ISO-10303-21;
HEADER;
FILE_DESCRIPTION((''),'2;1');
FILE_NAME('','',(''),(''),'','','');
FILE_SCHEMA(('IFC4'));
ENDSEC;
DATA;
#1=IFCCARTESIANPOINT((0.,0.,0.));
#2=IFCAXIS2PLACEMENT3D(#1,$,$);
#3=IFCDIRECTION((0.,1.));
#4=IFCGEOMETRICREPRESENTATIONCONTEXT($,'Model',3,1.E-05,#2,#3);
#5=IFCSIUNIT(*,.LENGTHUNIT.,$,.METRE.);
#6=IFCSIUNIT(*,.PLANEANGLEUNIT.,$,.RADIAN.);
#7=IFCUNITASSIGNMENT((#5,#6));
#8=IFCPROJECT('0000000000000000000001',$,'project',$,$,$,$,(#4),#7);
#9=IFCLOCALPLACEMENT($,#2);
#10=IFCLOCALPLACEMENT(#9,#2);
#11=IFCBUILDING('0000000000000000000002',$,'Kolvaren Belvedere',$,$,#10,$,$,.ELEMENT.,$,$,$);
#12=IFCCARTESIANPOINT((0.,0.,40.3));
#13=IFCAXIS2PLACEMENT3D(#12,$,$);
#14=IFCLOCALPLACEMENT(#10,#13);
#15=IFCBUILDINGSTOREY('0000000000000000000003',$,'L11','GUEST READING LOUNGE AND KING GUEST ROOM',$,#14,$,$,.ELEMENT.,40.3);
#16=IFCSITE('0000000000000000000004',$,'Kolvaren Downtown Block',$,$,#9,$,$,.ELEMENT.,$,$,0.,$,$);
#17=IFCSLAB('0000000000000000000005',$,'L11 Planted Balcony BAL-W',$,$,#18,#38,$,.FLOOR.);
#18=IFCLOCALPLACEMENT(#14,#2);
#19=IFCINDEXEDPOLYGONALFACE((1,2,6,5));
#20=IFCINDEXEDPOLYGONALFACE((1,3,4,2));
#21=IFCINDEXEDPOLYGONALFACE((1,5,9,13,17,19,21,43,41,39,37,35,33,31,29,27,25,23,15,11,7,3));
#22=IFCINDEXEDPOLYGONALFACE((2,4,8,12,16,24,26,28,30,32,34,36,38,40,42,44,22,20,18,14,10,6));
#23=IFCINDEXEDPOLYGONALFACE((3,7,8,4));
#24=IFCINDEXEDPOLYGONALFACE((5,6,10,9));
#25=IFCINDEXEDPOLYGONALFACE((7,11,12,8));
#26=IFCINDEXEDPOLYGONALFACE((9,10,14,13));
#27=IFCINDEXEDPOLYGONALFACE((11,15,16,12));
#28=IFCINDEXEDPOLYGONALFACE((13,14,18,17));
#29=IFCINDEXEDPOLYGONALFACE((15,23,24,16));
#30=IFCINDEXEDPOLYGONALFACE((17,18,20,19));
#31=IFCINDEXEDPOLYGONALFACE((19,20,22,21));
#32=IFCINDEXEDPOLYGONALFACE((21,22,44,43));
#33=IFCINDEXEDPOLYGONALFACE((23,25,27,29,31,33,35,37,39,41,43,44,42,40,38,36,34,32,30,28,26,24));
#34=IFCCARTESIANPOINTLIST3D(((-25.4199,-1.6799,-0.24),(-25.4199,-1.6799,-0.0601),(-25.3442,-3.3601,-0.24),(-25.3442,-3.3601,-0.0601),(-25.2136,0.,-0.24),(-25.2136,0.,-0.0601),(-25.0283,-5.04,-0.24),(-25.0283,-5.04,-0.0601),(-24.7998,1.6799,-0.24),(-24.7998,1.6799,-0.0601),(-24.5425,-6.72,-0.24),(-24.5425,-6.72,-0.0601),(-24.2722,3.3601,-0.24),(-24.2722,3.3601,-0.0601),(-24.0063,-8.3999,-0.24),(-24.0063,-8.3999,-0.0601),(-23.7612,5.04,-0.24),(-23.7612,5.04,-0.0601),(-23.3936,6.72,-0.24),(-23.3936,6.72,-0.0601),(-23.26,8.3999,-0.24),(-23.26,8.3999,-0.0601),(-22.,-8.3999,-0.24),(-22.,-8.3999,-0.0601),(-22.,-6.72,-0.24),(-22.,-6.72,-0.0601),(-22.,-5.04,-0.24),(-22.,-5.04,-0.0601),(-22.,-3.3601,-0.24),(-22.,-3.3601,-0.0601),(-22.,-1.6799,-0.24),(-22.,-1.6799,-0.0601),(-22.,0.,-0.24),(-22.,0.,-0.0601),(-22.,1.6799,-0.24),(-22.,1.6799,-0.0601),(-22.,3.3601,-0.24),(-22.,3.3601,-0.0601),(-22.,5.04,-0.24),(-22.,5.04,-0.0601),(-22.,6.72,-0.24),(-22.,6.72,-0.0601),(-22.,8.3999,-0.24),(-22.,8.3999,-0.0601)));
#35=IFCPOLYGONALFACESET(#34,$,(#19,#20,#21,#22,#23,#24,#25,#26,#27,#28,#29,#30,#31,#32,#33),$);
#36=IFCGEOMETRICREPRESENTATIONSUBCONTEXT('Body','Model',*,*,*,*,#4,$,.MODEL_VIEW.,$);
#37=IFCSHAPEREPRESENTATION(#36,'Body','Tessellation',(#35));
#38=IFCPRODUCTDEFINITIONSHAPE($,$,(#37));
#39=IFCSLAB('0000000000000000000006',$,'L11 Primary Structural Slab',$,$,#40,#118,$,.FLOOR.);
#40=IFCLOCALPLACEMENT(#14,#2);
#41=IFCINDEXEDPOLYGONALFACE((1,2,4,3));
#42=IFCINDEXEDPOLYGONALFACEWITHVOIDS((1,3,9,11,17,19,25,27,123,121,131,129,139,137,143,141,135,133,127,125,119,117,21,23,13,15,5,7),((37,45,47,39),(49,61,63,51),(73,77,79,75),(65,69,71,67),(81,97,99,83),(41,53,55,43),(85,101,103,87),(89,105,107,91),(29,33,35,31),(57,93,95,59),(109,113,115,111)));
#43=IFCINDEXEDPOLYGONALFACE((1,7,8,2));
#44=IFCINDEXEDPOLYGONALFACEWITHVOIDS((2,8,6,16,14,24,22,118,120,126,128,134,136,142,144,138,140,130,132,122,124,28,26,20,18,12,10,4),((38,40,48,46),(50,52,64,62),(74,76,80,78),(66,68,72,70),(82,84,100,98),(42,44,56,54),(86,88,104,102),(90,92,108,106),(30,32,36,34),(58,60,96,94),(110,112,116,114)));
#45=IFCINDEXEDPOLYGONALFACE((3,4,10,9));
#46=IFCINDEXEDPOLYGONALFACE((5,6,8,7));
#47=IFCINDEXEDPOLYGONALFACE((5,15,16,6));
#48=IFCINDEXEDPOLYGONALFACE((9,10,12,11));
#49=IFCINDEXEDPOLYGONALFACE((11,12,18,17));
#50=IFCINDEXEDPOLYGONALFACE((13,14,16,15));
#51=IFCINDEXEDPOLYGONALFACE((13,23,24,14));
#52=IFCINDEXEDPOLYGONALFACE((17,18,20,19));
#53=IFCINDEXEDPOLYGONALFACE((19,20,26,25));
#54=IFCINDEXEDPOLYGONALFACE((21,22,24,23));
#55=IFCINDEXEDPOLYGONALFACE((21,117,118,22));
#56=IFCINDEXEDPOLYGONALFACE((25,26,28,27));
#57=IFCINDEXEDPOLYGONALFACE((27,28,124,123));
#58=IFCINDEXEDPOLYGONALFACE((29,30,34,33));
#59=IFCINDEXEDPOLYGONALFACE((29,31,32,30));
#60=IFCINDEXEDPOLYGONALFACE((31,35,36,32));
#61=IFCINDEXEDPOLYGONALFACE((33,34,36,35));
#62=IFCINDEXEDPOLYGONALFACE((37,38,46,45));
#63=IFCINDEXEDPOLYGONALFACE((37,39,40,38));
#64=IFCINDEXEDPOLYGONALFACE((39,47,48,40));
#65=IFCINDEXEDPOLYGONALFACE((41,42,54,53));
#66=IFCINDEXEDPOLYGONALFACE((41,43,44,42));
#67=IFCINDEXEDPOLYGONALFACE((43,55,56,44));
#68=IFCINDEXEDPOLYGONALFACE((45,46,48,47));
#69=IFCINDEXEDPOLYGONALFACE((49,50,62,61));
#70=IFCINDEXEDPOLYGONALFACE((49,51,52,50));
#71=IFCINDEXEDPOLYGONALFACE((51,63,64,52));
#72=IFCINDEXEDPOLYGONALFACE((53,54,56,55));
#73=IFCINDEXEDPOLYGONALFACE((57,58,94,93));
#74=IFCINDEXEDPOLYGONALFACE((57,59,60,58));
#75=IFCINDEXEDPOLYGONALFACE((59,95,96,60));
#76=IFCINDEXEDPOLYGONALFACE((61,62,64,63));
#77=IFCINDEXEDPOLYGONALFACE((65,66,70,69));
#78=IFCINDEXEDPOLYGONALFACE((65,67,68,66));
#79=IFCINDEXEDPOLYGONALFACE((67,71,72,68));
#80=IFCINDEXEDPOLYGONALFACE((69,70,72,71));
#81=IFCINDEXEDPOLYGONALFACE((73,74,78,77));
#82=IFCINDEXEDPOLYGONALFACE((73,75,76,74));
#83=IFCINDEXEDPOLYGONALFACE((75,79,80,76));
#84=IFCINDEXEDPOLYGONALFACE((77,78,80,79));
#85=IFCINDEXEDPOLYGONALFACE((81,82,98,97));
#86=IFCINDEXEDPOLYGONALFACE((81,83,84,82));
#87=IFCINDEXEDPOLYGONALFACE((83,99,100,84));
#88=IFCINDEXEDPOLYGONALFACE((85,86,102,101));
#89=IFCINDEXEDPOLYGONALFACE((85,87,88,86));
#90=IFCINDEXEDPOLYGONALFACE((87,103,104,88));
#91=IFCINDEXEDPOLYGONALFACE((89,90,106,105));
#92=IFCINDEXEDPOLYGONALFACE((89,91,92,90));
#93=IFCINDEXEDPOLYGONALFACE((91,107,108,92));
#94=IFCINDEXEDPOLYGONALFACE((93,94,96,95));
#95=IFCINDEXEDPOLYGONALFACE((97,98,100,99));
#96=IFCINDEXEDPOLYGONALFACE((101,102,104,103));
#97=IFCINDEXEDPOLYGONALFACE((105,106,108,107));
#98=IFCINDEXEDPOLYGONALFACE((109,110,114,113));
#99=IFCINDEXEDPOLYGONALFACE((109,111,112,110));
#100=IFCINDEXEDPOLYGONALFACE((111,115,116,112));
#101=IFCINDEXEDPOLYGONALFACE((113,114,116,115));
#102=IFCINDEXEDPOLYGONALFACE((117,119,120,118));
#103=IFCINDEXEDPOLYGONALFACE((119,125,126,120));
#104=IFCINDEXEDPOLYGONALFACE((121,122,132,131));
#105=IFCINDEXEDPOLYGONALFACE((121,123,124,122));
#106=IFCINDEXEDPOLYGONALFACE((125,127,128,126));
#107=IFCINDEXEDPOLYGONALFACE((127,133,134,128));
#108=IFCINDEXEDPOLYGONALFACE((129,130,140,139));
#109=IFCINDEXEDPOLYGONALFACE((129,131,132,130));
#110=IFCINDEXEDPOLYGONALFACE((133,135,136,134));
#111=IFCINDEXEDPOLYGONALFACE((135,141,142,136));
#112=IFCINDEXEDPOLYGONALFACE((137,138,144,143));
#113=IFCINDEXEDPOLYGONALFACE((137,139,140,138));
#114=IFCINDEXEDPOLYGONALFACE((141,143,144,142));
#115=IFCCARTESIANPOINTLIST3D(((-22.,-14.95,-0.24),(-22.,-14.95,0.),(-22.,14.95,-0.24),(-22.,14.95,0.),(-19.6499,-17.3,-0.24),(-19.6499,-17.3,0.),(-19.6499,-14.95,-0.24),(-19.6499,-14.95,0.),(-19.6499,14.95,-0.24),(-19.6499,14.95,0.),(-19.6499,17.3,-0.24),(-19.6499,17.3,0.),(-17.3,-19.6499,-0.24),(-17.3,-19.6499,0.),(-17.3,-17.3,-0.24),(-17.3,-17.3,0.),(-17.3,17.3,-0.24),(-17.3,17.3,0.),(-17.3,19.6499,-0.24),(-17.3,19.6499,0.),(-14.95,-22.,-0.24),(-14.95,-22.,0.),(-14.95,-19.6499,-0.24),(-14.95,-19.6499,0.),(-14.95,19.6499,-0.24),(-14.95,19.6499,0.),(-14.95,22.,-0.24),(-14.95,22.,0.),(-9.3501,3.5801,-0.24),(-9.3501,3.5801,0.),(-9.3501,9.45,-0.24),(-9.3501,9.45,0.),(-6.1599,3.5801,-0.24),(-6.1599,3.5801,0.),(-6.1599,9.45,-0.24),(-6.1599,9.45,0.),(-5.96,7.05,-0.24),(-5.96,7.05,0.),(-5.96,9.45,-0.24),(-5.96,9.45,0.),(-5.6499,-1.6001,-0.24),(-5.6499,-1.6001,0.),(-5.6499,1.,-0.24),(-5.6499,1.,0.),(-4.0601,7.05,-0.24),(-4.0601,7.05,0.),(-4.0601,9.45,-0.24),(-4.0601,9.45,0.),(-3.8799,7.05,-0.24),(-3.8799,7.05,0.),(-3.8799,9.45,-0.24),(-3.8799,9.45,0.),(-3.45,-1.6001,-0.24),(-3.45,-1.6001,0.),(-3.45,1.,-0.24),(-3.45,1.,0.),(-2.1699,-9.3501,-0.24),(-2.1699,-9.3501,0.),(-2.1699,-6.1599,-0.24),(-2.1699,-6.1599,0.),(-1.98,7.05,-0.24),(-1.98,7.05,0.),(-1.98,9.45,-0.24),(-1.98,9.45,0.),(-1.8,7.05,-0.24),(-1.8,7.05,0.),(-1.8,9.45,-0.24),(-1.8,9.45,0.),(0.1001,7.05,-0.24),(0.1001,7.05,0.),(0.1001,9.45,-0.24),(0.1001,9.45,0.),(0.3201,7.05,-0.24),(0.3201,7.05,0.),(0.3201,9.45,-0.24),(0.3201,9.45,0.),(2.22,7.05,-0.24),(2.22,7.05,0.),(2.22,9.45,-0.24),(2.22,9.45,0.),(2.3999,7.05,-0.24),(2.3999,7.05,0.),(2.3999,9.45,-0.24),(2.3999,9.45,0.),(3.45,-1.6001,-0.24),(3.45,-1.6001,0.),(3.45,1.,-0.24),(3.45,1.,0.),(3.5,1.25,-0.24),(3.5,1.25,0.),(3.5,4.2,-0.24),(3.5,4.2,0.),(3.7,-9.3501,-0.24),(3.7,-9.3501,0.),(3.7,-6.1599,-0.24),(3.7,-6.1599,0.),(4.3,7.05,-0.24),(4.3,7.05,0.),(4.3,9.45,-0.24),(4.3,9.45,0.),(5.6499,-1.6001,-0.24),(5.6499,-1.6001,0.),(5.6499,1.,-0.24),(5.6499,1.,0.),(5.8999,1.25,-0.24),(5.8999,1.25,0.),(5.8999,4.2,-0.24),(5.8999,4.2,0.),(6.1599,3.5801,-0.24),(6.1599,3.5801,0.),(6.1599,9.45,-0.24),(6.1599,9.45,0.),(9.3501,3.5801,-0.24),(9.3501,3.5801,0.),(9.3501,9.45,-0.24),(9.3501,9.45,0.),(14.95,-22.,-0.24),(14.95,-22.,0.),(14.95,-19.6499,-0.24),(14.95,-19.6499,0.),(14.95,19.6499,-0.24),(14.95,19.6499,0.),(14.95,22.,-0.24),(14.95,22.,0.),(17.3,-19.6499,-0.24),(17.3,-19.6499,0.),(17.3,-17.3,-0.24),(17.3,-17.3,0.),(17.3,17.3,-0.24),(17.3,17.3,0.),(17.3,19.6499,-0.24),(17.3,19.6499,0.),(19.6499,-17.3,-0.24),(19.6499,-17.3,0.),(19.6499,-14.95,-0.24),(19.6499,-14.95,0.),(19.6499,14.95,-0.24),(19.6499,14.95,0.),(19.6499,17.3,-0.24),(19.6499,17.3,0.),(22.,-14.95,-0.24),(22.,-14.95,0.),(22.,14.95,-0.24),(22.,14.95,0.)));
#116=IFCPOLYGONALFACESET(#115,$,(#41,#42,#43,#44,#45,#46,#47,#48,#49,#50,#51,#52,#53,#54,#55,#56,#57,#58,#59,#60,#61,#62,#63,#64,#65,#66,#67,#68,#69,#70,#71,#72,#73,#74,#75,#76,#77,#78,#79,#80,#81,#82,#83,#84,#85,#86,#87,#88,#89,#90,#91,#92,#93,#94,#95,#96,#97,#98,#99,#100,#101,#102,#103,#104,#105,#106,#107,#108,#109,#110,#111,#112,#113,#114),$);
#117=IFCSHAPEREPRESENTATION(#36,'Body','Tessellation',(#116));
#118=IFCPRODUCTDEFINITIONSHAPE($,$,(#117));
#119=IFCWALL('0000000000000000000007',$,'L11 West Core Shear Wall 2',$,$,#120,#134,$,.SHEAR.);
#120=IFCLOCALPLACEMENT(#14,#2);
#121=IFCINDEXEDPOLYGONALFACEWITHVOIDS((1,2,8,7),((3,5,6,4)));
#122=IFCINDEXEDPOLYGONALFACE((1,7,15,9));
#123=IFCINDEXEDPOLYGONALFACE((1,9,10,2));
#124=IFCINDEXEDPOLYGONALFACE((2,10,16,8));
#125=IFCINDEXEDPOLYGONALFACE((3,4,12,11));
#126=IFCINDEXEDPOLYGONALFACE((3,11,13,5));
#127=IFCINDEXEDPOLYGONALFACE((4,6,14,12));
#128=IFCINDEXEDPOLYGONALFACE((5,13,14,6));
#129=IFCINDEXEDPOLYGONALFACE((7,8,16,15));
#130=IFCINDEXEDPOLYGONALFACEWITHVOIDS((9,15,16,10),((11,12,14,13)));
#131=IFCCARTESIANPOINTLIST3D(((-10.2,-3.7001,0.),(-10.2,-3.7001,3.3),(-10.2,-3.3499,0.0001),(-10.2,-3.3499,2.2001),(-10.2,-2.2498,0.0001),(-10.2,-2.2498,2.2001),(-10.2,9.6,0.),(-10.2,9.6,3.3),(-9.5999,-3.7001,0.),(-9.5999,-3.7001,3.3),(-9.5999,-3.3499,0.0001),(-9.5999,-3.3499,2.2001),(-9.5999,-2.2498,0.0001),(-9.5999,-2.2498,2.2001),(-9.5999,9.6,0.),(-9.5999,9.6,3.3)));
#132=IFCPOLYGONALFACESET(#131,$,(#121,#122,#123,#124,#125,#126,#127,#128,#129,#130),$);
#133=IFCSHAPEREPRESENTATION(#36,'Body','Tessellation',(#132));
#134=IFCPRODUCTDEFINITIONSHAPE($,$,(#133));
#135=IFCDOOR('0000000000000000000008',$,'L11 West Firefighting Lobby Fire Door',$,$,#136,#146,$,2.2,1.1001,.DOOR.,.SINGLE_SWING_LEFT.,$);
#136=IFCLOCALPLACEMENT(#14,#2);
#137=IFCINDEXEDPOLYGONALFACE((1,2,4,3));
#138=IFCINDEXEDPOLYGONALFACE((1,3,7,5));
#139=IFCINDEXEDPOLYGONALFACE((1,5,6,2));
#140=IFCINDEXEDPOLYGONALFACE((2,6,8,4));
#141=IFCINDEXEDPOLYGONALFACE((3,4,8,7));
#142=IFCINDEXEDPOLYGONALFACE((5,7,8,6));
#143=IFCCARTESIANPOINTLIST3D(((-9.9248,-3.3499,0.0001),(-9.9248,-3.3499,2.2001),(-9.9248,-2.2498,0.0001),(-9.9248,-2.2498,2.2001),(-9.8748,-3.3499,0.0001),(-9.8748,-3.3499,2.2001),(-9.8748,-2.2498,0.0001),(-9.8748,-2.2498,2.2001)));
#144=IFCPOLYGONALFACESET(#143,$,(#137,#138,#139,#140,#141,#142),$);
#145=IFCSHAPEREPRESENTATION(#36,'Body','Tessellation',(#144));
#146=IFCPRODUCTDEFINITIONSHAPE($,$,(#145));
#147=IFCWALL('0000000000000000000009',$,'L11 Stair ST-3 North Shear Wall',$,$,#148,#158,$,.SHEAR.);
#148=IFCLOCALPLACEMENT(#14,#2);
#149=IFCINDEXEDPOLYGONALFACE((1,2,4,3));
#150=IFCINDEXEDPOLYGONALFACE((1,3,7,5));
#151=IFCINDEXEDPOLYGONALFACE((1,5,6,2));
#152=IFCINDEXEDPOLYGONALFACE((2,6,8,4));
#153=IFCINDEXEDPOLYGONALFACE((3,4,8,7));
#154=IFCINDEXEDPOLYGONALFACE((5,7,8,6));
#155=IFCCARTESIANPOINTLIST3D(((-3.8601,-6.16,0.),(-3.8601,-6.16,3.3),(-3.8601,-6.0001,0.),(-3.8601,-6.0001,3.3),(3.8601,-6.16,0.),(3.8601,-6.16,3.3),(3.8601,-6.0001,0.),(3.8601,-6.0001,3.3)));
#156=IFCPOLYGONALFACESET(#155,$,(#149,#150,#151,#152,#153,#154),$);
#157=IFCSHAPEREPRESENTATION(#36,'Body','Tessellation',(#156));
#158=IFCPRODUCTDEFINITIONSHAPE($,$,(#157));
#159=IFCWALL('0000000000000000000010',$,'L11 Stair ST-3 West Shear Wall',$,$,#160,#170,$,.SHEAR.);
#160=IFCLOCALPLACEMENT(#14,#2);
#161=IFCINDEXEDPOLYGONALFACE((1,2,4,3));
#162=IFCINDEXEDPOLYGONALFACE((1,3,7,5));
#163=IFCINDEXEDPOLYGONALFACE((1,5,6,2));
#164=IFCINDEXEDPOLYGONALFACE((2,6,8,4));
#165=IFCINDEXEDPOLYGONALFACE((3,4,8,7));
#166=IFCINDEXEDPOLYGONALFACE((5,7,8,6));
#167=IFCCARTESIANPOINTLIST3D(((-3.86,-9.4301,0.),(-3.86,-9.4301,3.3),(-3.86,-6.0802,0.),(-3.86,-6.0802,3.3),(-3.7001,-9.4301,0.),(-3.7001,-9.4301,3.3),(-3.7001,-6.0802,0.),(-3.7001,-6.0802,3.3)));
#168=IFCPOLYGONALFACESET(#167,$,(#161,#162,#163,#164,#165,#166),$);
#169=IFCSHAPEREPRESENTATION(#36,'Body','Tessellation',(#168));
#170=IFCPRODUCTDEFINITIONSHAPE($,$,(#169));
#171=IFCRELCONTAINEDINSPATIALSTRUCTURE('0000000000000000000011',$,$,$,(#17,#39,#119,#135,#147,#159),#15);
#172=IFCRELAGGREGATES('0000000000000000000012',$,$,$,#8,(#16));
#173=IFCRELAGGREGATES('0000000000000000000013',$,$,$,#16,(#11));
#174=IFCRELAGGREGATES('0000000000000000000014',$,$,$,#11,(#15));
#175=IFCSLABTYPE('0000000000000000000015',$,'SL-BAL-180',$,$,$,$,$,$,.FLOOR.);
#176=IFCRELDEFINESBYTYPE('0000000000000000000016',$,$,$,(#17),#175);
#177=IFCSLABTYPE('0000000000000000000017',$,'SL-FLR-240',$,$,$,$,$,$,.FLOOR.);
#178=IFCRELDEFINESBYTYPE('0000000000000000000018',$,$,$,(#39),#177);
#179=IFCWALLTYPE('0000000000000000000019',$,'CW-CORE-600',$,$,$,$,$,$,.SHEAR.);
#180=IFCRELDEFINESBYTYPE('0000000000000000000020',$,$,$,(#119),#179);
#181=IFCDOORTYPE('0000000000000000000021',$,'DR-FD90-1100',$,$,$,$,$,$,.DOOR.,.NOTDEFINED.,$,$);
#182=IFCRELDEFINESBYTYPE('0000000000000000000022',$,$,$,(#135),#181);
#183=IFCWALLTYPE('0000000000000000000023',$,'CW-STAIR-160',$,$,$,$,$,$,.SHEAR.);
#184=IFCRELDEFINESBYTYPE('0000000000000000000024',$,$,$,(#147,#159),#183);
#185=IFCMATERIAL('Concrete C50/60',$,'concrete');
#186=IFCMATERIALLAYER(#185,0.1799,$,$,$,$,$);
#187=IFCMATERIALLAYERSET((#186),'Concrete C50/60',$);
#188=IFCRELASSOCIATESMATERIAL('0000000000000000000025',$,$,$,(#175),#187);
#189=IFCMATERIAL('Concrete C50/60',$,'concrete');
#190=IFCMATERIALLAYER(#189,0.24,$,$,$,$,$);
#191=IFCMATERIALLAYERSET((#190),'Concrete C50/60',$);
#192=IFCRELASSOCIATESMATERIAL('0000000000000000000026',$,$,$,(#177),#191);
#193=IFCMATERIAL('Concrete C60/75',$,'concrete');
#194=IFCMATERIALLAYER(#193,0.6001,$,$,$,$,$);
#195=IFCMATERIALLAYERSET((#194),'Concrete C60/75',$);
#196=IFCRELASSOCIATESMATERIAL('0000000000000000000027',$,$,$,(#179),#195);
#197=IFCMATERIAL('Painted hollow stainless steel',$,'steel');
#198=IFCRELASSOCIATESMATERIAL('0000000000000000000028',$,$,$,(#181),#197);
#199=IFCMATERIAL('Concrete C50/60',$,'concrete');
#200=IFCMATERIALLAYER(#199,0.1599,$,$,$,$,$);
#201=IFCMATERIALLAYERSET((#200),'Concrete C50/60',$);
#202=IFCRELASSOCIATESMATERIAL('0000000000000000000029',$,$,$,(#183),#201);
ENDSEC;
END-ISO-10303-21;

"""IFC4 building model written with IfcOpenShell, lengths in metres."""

from ifc_helpers import new_model, si_unit, direction, frame, frame_2d, origin, place, context, subcontext, project, spatial, polyline, rectangle, outline, extrude, material, layer, layer_set, type_object, element, fill, save


model = new_model("IFC4")

# Units and contexts
model_context = context("Model", 3, precision=1e-05, world=origin(), true_north=direction((0.0, 1.0)))
body_context = subcontext(model_context, "Body", "Model", "MODEL_VIEW")
ifc_project = project(units=[si_unit("LENGTHUNIT", "METRE"), si_unit("PLANEANGLEUNIT", "RADIAN")], contexts=[model_context])

# Site, building, storey
site_placement = place(None, origin())
site = spatial("IfcSite", under=ifc_project, at=site_placement, Name="Kolvaren Downtown Block", CompositionType="ELEMENT", RefElevation=0.0)
building_placement = place(site_placement, origin())
building = spatial("IfcBuilding", under=site, at=building_placement, Name="Kolvaren Belvedere", CompositionType="ELEMENT")
storey_placement = place(building_placement, frame((0.0, 0.0, 40.3)))
storey = spatial("IfcBuildingStorey", under=building, at=storey_placement, Name="L11", Description="GUEST READING LOUNGE AND KING GUEST ROOM", CompositionType="ELEMENT", Elevation=40.3)

# Slabs
ifc_material_1 = material(Name="Concrete C50/60", Category="concrete")
ifc_layer_1 = layer(ifc_material_1, 0.1799)
ifc_layer_set_1 = layer_set([ifc_layer_1], Name="Concrete C50/60")
slab_type_1 = type_object("IfcSlabType", Name="SL-BAL-180", PredefinedType="FLOOR", material=ifc_layer_set_1)
slab_1_placement = place(storey_placement, frame((0.0, 0.0, -0.24)))
element("IfcSlab", 1, at=slab_1_placement, inside=storey, type_object=slab_type_1, Name="L11 Planted Balcony BAL-W", PredefinedType="FLOOR", context=body_context, shape_type="SweptSolid", body=[
    extrude(outline(polyline([(-23.26, 8.3999), (-23.3936, 6.72), (-23.7612, 5.04), (-24.2722, 3.3601), (-24.7998, 1.6799), (-25.2136, 0.0), (-25.4199, -1.6799), (-25.3442, -3.3601), (-25.0283, -5.04), (-24.5425, -6.72), (-24.0063, -8.3999), (-22.0, -8.3999), (-22.0, -6.72), (-22.0, -5.04), (-22.0, -3.3601), (-22.0, -1.6799), (-22.0, 0.0), (-22.0, 1.6799), (-22.0, 3.3601), (-22.0, 5.04), (-22.0, 6.72), (-22.0, 8.3999), (-23.26, 8.3999)])), origin(), (0.0, 0.0, 1.0), 0.1799),
])
ifc_material_2 = material(Name="Concrete C50/60", Category="concrete")
ifc_layer_2 = layer(ifc_material_2, 0.24)
ifc_layer_set_2 = layer_set([ifc_layer_2], Name="Concrete C50/60")
slab_type_2 = type_object("IfcSlabType", Name="SL-FLR-240", PredefinedType="FLOOR", material=ifc_layer_set_2)
slab_2_placement = place(storey_placement, frame((0.0, 0.0, -0.24)))
element("IfcSlab", 2, at=slab_2_placement, inside=storey, type_object=slab_type_2, Name="L11 Primary Structural Slab", PredefinedType="FLOOR", context=body_context, shape_type="SweptSolid", body=[
    extrude(outline(polyline([(-14.95, -22.0), (14.95, -22.0), (14.95, -19.6499), (17.3, -19.6499), (17.3, -17.3), (19.6499, -17.3), (19.6499, -14.95), (22.0, -14.95), (22.0, 14.95), (19.6499, 14.95), (19.6499, 17.3), (17.3, 17.3), (17.3, 19.6499), (14.95, 19.6499), (14.95, 22.0), (-14.95, 22.0), (-14.95, 19.6499), (-17.3, 19.6499), (-17.3, 17.3), (-19.6499, 17.3), (-19.6499, 14.95), (-22.0, 14.95), (-22.0, -14.95), (-19.6499, -14.95), (-19.6499, -17.3), (-17.3, -17.3), (-17.3, -19.6499), (-14.95, -19.6499), (-14.95, -22.0)]), holes=[polyline([(-9.3501, 3.5801), (-6.1599, 3.5801), (-6.1599, 9.45), (-9.3501, 9.45), (-9.3501, 3.5801)]), polyline([(6.1599, 3.5801), (9.3501, 3.5801), (9.3501, 9.45), (6.1599, 9.45), (6.1599, 3.5801)]), polyline([(-2.1699, -9.3501), (3.7, -9.3501), (3.7, -6.1599), (-2.1699, -6.1599), (-2.1699, -9.3501)]), polyline([(-5.6499, -1.6001), (-3.45, -1.6001), (-3.45, 1.0), (-5.6499, 1.0), (-5.6499, -1.6001)]), polyline([(3.5, 1.25), (5.8999, 1.25), (5.8999, 4.2), (3.5, 4.2), (3.5, 1.25)]), polyline([(3.45, -1.6001), (5.6499, -1.6001), (5.6499, 1.0), (3.45, 1.0), (3.45, -1.6001)]), polyline([(-5.96, 7.05), (-4.0601, 7.05), (-4.0601, 9.45), (-5.96, 9.45), (-5.96, 7.05)]), polyline([(-3.8799, 7.05), (-1.98, 7.05), (-1.98, 9.45), (-3.8799, 9.45), (-3.8799, 7.05)]), polyline([(-1.8, 7.05), (0.1001, 7.05), (0.1001, 9.45), (-1.8, 9.45), (-1.8, 7.05)]), polyline([(0.3201, 7.05), (2.22, 7.05), (2.22, 9.45), (0.3201, 9.45), (0.3201, 7.05)]), polyline([(2.3999, 7.05), (4.3, 7.05), (4.3, 9.45), (2.3999, 9.45), (2.3999, 7.05)])]), origin(), (0.0, 0.0, 1.0), 0.24),
])

# Wall, opening, door
ifc_material_3 = material(Name="Concrete C60/75", Category="concrete")
ifc_layer_3 = layer(ifc_material_3, 0.6001)
ifc_layer_set_3 = layer_set([ifc_layer_3], Name="Concrete C60/75")
wall_type_1 = type_object("IfcWallType", Name="CW-CORE-600", PredefinedType="SHEAR", material=ifc_layer_set_3)
wall_1_placement = place(storey_placement, frame((-9.8999, -3.7, 0.0), z_axis=(0.0, 0.0, 1.0), x_axis=(0.0, 1.0, 0.0)))
wall_1 = element("IfcWall", 3, at=wall_1_placement, inside=storey, type_object=wall_type_1, Name="L11 West Core Shear Wall 2", PredefinedType="SHEAR", context=body_context, shape_type="SweptSolid", body=[
    extrude(rectangle(XDim=13.3, YDim=0.6001, at=frame_2d((6.6499, 0.0))), origin(), (0.0, 0.0, 1.0), 3.3),
])
opening_1_placement = place(wall_1_placement, frame((0.3501, 0.0, 0.0)))
opening_1 = element("IfcOpeningElement", 4, at=opening_1_placement, cuts=wall_1, PredefinedType="OPENING", context=body_context, shape_type="SweptSolid", body=[
    extrude(rectangle(XDim=1.1001, YDim=2.2, at=frame_2d((0.55, 1.1001))), frame((0.0, 0.3101, 0.0), z_axis=(0.0, -1.0, 0.0), x_axis=(1.0, 0.0, 0.0)), (0.0, 0.0, 1.0), 0.6201),
])
ifc_material_4 = material(Name="Painted hollow stainless steel", Category="steel")
door_type_1 = type_object("IfcDoorType", Name="DR-FD90-1100", OperationType="NOTDEFINED", PredefinedType="DOOR", material=ifc_material_4)
door_1_placement = place(opening_1_placement, origin())
door_1 = element("IfcDoor", 5, at=door_1_placement, inside=storey, type_object=door_type_1, Name="L11 West Firefighting Lobby Fire Door", OperationType="SINGLE_SWING_LEFT", OverallHeight=2.2, OverallWidth=1.1001, PredefinedType="DOOR", context=body_context, shape_type="SweptSolid", body=[
    extrude(rectangle(XDim=1.1001, YDim=2.2, at=frame_2d((0.55, 1.1001))), frame((0.0, 0.0249, 0.0), z_axis=(0.0, -1.0, 0.0), x_axis=(1.0, 0.0, 0.0)), (0.0, 0.0, 1.0), 0.05),
])
fill(opening_1, door_1)

# Walls
ifc_material_5 = material(Name="Concrete C50/60", Category="concrete")
ifc_layer_4 = layer(ifc_material_5, 0.1599)
ifc_layer_set_4 = layer_set([ifc_layer_4], Name="Concrete C50/60")
wall_type_2 = type_object("IfcWallType", Name="CW-STAIR-160", PredefinedType="SHEAR", material=ifc_layer_set_4)
wall_2_placement = place(storey_placement, frame((-3.8601, -6.0801, 0.0), z_axis=(0.0, 0.0, 1.0), x_axis=(1.0, 0.0, 0.0)))
element("IfcWall", 6, at=wall_2_placement, inside=storey, type_object=wall_type_2, Name="L11 Stair ST-3 North Shear Wall", PredefinedType="SHEAR", context=body_context, shape_type="SweptSolid", body=[
    extrude(rectangle(XDim=7.7202, YDim=0.1599, at=frame_2d((3.8601, 0.0))), origin(), (0.0, 0.0, 1.0), 3.3),
])
wall_3_placement = place(storey_placement, frame((-3.78, -9.4299, 0.0), z_axis=(0.0, 0.0, 1.0), x_axis=(0.0, 1.0, 0.0)))
element("IfcWall", 7, at=wall_3_placement, inside=storey, type_object=wall_type_2, Name="L11 Stair ST-3 West Shear Wall", PredefinedType="SHEAR", context=body_context, shape_type="SweptSolid", body=[
    extrude(rectangle(XDim=3.3499, YDim=0.1599, at=frame_2d((1.6748, 0.0))), origin(), (0.0, 0.0, 1.0), 3.3),
])

save(model, "model.ifc")
